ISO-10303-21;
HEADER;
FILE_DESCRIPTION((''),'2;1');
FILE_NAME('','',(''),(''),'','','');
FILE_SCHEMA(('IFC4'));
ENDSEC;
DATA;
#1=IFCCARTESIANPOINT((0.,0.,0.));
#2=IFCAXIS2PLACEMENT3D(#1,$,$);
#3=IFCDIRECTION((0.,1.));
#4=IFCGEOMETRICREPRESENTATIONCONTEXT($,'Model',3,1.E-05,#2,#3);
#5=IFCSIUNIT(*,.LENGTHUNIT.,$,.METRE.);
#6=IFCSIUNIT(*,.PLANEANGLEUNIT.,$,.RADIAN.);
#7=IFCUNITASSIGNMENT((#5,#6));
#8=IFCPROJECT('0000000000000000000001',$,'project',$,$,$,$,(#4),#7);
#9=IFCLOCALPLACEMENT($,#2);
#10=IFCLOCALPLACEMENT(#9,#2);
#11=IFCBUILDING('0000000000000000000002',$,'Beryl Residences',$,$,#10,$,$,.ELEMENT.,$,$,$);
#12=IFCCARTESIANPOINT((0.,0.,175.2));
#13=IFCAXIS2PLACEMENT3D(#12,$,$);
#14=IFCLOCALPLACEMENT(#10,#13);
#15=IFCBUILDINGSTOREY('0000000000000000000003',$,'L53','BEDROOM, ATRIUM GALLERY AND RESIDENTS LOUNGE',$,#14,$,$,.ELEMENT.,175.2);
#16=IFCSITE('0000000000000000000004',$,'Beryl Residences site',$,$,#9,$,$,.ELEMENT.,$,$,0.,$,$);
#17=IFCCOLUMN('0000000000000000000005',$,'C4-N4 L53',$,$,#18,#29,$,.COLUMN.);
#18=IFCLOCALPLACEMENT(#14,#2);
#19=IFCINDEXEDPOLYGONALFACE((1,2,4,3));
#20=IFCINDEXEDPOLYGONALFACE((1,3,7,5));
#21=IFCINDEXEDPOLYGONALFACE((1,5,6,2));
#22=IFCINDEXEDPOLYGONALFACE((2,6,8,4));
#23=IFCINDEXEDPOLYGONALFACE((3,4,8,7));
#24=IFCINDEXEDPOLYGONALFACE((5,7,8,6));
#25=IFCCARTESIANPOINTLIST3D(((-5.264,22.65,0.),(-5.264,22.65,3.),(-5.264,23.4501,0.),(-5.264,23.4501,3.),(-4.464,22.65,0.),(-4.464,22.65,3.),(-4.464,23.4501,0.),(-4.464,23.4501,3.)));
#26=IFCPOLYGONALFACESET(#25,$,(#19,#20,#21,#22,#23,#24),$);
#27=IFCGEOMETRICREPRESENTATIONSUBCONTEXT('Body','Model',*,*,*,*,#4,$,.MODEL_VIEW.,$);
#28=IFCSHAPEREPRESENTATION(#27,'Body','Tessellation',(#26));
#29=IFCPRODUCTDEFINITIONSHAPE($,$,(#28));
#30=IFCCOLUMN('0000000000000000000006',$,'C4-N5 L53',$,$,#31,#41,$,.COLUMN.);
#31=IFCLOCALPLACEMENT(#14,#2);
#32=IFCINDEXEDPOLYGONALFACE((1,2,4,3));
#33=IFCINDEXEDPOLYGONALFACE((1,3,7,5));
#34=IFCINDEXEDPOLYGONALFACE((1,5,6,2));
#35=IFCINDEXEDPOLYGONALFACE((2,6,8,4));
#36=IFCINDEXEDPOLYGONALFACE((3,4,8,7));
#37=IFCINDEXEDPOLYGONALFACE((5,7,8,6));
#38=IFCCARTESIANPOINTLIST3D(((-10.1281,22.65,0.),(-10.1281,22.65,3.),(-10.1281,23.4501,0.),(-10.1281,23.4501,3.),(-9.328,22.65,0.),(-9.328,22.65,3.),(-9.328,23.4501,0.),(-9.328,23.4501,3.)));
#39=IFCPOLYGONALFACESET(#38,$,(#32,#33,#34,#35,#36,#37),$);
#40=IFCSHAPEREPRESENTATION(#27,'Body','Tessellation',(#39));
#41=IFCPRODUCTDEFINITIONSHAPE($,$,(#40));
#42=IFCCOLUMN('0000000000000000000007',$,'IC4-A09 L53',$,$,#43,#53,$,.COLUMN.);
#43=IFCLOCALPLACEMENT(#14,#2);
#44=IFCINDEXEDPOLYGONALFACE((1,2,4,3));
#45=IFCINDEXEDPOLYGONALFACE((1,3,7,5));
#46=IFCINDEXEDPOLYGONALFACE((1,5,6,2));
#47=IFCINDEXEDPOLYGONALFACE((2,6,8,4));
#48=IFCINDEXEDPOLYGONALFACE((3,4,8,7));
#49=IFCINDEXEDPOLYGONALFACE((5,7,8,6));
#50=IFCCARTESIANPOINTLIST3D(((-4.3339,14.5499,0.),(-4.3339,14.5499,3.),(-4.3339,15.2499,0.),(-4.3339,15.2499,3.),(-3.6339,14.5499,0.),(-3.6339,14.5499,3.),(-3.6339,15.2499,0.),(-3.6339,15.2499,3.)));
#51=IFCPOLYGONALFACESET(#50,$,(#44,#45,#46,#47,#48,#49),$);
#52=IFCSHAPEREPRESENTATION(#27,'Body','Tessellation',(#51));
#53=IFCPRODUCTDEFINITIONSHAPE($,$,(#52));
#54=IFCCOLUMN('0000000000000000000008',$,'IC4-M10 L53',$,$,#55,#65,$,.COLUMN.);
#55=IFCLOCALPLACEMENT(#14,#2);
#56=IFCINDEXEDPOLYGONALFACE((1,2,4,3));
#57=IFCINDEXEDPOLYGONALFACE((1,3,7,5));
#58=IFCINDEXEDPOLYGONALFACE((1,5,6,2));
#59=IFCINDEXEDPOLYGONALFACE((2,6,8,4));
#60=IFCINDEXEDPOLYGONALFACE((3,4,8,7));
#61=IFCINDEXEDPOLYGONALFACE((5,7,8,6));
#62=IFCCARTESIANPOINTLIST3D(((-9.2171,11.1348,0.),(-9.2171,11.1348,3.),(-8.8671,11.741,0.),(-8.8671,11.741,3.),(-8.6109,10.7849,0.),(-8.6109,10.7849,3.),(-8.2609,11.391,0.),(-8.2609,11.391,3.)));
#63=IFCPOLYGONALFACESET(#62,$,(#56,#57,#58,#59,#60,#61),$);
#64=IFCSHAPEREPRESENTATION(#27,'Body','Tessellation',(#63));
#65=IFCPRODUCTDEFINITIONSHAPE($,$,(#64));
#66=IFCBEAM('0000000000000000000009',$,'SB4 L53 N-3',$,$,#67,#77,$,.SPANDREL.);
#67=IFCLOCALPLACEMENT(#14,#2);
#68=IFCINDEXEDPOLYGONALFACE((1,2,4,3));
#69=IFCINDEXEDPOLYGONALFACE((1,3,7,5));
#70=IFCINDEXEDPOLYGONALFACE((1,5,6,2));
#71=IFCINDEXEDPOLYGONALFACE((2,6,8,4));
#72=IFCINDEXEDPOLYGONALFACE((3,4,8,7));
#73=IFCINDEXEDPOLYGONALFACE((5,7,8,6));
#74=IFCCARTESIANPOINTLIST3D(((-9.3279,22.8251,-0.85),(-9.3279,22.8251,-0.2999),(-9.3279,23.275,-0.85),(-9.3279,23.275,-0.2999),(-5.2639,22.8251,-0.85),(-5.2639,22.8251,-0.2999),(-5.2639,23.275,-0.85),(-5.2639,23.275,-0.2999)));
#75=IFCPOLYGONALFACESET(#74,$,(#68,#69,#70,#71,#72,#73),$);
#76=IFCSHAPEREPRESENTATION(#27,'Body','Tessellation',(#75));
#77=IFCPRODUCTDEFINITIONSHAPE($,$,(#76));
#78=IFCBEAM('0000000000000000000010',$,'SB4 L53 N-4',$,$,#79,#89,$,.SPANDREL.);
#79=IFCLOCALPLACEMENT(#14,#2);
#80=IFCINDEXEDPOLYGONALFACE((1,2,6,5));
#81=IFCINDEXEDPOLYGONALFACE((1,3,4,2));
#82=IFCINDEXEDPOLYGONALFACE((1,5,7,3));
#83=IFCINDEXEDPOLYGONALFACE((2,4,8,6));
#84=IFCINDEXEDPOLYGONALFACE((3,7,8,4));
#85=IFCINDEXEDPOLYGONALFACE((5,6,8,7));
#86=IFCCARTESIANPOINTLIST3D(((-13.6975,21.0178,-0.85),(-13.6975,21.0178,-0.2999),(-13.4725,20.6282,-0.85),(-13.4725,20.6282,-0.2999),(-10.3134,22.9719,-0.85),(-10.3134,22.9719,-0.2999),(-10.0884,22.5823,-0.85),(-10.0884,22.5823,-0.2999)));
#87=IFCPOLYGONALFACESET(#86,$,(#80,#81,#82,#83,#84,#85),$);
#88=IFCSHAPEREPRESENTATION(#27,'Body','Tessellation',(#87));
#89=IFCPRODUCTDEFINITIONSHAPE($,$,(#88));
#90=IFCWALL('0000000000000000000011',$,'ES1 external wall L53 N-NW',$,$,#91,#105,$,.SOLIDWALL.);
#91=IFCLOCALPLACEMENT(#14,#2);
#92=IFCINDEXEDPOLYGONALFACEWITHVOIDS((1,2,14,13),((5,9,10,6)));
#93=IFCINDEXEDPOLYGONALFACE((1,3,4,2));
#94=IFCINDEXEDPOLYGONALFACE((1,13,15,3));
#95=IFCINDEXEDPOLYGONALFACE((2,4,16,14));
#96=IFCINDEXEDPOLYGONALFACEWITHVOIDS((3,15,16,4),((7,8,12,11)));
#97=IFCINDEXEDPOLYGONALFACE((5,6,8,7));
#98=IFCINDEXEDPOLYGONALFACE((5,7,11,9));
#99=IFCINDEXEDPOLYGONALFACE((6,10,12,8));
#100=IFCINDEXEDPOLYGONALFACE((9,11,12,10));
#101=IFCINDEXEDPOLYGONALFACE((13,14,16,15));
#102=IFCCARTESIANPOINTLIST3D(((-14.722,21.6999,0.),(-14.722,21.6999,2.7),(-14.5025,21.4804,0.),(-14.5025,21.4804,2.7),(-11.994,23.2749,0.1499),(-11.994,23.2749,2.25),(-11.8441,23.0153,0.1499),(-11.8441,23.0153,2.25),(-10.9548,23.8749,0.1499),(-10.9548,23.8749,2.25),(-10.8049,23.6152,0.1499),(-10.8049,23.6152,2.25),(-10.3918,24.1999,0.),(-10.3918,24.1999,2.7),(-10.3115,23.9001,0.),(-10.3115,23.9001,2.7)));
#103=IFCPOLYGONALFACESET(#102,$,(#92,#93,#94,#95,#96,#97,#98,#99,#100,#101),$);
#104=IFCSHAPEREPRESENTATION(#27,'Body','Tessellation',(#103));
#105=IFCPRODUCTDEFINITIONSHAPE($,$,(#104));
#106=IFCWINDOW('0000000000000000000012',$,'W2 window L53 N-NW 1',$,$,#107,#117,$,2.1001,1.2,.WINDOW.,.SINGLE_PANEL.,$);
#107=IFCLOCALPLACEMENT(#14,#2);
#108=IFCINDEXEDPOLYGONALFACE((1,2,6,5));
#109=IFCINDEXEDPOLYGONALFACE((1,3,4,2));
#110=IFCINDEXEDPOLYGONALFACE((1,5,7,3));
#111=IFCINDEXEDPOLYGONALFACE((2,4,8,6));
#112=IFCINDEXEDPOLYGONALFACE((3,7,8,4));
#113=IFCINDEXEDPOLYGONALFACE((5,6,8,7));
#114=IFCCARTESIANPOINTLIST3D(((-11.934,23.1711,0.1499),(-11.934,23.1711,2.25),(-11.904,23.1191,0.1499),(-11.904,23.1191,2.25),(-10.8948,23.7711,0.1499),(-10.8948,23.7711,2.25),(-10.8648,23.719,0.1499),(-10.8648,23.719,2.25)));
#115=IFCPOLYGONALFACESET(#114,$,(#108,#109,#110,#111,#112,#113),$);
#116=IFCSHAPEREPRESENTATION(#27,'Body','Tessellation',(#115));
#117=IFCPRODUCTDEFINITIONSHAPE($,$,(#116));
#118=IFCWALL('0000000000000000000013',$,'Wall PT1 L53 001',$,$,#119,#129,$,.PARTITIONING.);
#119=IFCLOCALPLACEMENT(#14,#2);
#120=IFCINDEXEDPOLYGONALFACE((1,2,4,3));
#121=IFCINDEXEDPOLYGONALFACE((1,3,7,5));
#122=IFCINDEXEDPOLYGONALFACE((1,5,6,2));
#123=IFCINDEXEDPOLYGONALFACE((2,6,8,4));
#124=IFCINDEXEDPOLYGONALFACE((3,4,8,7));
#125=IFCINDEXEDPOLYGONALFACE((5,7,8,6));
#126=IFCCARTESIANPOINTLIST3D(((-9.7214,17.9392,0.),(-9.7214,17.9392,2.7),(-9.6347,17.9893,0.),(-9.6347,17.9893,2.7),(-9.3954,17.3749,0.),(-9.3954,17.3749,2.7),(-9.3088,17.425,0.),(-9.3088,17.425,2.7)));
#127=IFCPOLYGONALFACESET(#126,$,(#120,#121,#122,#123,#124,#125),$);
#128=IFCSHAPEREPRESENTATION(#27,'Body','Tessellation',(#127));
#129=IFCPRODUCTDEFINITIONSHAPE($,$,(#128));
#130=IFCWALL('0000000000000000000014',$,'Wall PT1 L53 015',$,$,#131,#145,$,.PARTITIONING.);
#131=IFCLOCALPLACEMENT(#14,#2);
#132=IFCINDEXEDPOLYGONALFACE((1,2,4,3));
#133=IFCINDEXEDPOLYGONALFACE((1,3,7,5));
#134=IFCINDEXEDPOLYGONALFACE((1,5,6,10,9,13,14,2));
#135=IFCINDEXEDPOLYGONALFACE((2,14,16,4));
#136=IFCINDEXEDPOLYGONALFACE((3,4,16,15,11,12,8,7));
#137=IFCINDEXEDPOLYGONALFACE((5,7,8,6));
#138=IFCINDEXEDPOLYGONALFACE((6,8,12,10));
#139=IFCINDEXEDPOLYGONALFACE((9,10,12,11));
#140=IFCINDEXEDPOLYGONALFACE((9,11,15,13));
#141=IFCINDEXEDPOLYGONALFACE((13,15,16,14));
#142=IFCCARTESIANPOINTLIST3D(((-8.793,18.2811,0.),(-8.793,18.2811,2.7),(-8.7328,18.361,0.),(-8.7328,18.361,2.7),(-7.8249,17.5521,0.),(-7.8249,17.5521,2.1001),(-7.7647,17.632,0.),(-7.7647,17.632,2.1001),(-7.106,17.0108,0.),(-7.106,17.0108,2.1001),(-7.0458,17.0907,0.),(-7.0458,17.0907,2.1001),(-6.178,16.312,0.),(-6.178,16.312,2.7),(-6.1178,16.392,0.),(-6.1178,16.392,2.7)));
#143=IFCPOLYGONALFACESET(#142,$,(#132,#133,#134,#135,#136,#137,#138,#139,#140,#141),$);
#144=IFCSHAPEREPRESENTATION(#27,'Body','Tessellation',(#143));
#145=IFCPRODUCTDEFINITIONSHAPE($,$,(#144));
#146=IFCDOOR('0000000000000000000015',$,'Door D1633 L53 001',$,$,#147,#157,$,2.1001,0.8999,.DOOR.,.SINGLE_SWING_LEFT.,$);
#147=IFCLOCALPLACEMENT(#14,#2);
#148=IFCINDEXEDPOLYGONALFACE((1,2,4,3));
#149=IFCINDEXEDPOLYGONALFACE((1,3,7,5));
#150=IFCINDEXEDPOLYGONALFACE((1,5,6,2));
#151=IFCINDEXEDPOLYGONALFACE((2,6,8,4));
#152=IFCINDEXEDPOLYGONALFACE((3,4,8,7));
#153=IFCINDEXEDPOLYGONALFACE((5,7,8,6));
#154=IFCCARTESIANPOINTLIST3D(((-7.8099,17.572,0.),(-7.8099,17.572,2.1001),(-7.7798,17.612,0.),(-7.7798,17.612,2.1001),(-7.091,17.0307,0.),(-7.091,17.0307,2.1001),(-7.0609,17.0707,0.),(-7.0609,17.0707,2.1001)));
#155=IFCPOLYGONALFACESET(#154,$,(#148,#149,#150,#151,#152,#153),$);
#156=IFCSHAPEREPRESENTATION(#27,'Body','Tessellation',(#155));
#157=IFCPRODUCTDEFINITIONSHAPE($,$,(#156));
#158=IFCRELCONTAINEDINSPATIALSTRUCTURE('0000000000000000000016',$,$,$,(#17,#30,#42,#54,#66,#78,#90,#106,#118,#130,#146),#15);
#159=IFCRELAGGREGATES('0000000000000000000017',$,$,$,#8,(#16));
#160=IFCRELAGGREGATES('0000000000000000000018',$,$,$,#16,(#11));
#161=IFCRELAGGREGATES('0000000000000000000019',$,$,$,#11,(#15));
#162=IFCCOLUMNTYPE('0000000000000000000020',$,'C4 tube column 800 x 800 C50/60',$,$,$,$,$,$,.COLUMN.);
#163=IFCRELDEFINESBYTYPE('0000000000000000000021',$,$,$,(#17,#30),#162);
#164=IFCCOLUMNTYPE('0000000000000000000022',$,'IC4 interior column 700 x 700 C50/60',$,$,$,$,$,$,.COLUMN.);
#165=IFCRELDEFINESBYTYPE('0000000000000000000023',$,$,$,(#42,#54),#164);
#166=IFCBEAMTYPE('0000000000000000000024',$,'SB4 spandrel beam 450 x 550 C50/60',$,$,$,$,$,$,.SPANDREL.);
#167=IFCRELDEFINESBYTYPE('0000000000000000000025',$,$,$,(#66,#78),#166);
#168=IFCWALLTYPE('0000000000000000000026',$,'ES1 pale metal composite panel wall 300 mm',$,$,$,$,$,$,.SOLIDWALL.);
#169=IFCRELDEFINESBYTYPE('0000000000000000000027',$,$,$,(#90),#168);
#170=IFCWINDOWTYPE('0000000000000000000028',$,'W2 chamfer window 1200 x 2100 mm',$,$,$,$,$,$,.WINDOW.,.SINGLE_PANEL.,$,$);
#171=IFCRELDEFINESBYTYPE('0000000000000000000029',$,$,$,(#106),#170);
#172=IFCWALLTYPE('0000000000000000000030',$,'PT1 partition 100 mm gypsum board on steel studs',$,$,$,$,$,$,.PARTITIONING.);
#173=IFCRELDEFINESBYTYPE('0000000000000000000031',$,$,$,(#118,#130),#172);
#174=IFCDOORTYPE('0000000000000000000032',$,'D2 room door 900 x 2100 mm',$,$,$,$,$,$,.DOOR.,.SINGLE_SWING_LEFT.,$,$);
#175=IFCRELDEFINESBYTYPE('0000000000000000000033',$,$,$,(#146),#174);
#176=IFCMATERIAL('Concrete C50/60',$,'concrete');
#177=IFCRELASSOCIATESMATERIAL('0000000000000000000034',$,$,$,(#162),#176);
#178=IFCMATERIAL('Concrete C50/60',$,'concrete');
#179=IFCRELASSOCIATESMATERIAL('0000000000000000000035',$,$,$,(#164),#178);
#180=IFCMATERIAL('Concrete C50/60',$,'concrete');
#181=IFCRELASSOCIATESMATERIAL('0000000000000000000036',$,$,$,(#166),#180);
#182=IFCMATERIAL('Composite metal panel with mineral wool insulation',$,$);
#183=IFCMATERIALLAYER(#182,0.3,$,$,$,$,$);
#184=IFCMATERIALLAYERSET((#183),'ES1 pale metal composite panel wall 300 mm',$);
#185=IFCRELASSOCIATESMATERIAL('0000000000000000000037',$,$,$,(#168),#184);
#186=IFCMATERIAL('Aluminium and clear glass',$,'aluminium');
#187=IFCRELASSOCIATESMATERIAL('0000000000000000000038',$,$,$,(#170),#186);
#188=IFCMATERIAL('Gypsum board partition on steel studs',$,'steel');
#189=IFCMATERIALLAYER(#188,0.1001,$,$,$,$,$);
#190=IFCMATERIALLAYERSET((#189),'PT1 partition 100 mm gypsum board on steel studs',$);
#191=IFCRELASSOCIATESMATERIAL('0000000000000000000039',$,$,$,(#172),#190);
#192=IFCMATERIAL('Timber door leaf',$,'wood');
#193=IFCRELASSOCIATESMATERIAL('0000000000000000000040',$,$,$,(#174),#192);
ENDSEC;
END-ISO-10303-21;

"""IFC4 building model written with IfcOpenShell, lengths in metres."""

from ifc_helpers import new_model, si_unit, direction, frame, frame_2d, origin, origin_2d, place, context, subcontext, project, spatial, polyline, rectangle, outline, extrude, material, layer, layer_set, material_profile, profile_set, type_object, element, fill, save


model = new_model("IFC4")

# Units and contexts
model_context = context("Model", 3, precision=1e-05, world=origin(), true_north=direction((0.0, 1.0)))
body_context = subcontext(model_context, "Body", "Model", "MODEL_VIEW")
ifc_project = project(units=[si_unit("LENGTHUNIT", "METRE"), si_unit("PLANEANGLEUNIT", "RADIAN")], contexts=[model_context])

# Site, building, storey
site_placement = place(None, origin())
site = spatial("IfcSite", under=ifc_project, at=site_placement, Name="Beryl Residences site", CompositionType="ELEMENT", RefElevation=0.0)
building_placement = place(site_placement, origin())
building = spatial("IfcBuilding", under=site, at=building_placement, Name="Beryl Residences", CompositionType="ELEMENT")
storey_placement = place(building_placement, frame((0.0, 0.0, 175.2)))
storey = spatial("IfcBuildingStorey", under=building, at=storey_placement, Name="L53", Description="BEDROOM, ATRIUM GALLERY AND RESIDENTS LOUNGE", CompositionType="ELEMENT", Elevation=175.2)

# Columns
ifc_material_1 = material(Name="Concrete C50/60", Category="concrete")
ifc_material_profile_1 = material_profile(ifc_material_1, rectangle(XDim=0.8, YDim=0.8, at=origin_2d()))
ifc_profile_set_1 = profile_set([ifc_material_profile_1], Name="Concrete C50/60")
column_type_1 = type_object("IfcColumnType", Name="C4 tube column 800 x 800 C50/60", PredefinedType="COLUMN", material=ifc_profile_set_1)
for number, where, z_axis, x_axis, name in (
    (1, (-4.864, 23.05, 0.0), (0.0, 0.0, 1.0), (-1.0, 0.0, 0.0), "C4-N4 L53"),
    (2, (-9.728, 23.05, 0.0), (0.0, 0.0, 1.0), (-1.0, 0.0, 0.0), "C4-N5 L53"),
):
    element("IfcColumn", number, at=place(storey_placement, frame(where, z_axis=z_axis, x_axis=x_axis)), inside=storey, type_object=column_type_1, Name=name, PredefinedType="COLUMN", context=body_context, shape_type="SweptSolid", body=[
        extrude(rectangle(XDim=0.8, YDim=0.8, at=origin_2d()), origin(), (0.0, 0.0, 1.0), 3.0),
    ])
ifc_material_2 = material(Name="Concrete C50/60", Category="concrete")
ifc_material_profile_2 = material_profile(ifc_material_2, rectangle(XDim=0.7, YDim=0.7, at=origin_2d()))
ifc_profile_set_2 = profile_set([ifc_material_profile_2], Name="Concrete C50/60")
column_type_2 = type_object("IfcColumnType", Name="IC4 interior column 700 x 700 C50/60", PredefinedType="COLUMN", material=ifc_profile_set_2)
for number, where, z_axis, x_axis, name in (
    (3, (-3.9839, 14.8999, 0.0), (0.0, 0.0, 1.0), (1.0, 0.0, 0.0), "IC4-A09 L53"),
    (4, (-8.739, 11.2629, 0.0), (0.0, 0.0, 1.0), (-0.5, -0.866025, 0.0), "IC4-M10 L53"),
):
    element("IfcColumn", number, at=place(storey_placement, frame(where, z_axis=z_axis, x_axis=x_axis)), inside=storey, type_object=column_type_2, Name=name, PredefinedType="COLUMN", context=body_context, shape_type="SweptSolid", body=[
        extrude(rectangle(XDim=0.7, YDim=0.7, at=origin_2d()), origin(), (0.0, 0.0, 1.0), 3.0),
    ])

# Beams
ifc_material_3 = material(Name="Concrete C50/60", Category="concrete")
ifc_material_profile_3 = material_profile(ifc_material_3, rectangle(XDim=0.45, YDim=0.55, at=origin_2d()))
ifc_profile_set_3 = profile_set([ifc_material_profile_3], Name="Concrete C50/60")
beam_type = type_object("IfcBeamType", Name="SB4 spandrel beam 450 x 550 C50/60", PredefinedType="SPANDREL", material=ifc_profile_set_3)
beam_1_placement = place(storey_placement, frame((-5.2639, 23.05, -0.575), z_axis=(-1.0, 0.0, 0.0), x_axis=(0.0, -1.0, 0.0)))
element("IfcBeam", 5, at=beam_1_placement, inside=storey, type_object=beam_type, Name="SB4 L53 N-3", PredefinedType="SPANDREL", context=body_context, shape_type="SweptSolid", body=[
    extrude(rectangle(XDim=0.45, YDim=0.55, at=origin_2d()), origin(), (0.0, 0.0, 1.0), 4.064),
])
beam_2_placement = place(storey_placement, frame((-10.2009, 22.7771, -0.575), z_axis=(-0.865989, -0.500063, 0.0), x_axis=(0.500063, -0.865989, 0.0)))
element("IfcBeam", 6, at=beam_2_placement, inside=storey, type_object=beam_type, Name="SB4 L53 N-4", PredefinedType="SPANDREL", context=body_context, shape_type="SweptSolid", body=[
    extrude(rectangle(XDim=0.45, YDim=0.55, at=origin_2d()), origin(), (0.0, 0.0, 1.0), 3.9077),
])

# Wall, opening, window
ifc_material_4 = material(Name="Composite metal panel with mineral wool insulation")
ifc_layer_1 = layer(ifc_material_4, 0.3)
ifc_layer_set_1 = layer_set([ifc_layer_1], Name="ES1 pale metal composite panel wall 300 mm")
wall_type_1 = type_object("IfcWallType", Name="ES1 pale metal composite panel wall 300 mm", PredefinedType="SOLIDWALL", material=ifc_layer_set_1)
wall_1_placement = place(storey_placement, frame((-10.3169, 24.0701, 0.0), z_axis=(0.0, 0.0, 1.0), x_axis=(-0.866023, -0.500004, 0.0)))
wall_1 = element("IfcWall", 7, at=wall_1_placement, inside=storey, type_object=wall_type_1, Name="ES1 external wall L53 N-NW", PredefinedType="SOLIDWALL", context=body_context, shape_type="SweptSolid", body=[
    extrude(outline(polyline([(0.0, -0.1499), (5.0, -0.1499), (4.9197, 0.1499), (0.0803, 0.1499), (0.0, -0.1499)])), origin(), (0.0, 0.0, 1.0), 2.7),
])
opening_1_placement = place(wall_1_placement, frame((0.6499, 0.0, 0.1499)))
opening_1 = element("IfcOpeningElement", 8, at=opening_1_placement, cuts=wall_1, PredefinedType="OPENING", context=body_context, shape_type="SweptSolid", body=[
    extrude(rectangle(XDim=1.2, YDim=2.1001, at=frame_2d((0.6001, 1.05))), frame((0.0, 0.1599, 0.0), z_axis=(0.0, -1.0, 0.0), x_axis=(1.0, 0.0, 0.0)), (0.0, 0.0, 1.0), 0.3201),
])
ifc_material_5 = material(Name="Aluminium and clear glass", Category="aluminium")
window_type = type_object("IfcWindowType", Name="W2 chamfer window 1200 x 2100 mm", PartitioningType="SINGLE_PANEL", PredefinedType="WINDOW", material=ifc_material_5)
window_placement = place(opening_1_placement, origin())
window = element("IfcWindow", 9, at=window_placement, inside=storey, type_object=window_type, Name="W2 window L53 N-NW 1", OverallHeight=2.1001, OverallWidth=1.2, PartitioningType="SINGLE_PANEL", PredefinedType="WINDOW", context=body_context, shape_type="SweptSolid", body=[
    extrude(rectangle(XDim=1.2, YDim=2.1001, at=frame_2d((0.6001, 1.05))), frame((0.0, 0.03, 0.0), z_axis=(0.0, -1.0, 0.0), x_axis=(1.0, 0.0, 0.0)), (0.0, 0.0, 1.0), 0.0601),
])
fill(opening_1, window)

# Wall
ifc_material_6 = material(Name="Gypsum board partition on steel studs", Category="steel")
ifc_layer_2 = layer(ifc_material_6, 0.1001)
ifc_layer_set_2 = layer_set([ifc_layer_2], Name="PT1 partition 100 mm gypsum board on steel studs")
wall_type_2 = type_object("IfcWallType", Name="PT1 partition 100 mm gypsum board on steel studs", PredefinedType="PARTITIONING", material=ifc_layer_set_2)
wall_2_placement = place(storey_placement, frame((-9.678, 17.9641, 0.0), z_axis=(0.0, 0.0, 1.0), x_axis=(0.500209, -0.865905, 0.0)))
element("IfcWall", 10, at=wall_2_placement, inside=storey, type_object=wall_type_2, Name="Wall PT1 L53 001", PredefinedType="PARTITIONING", context=body_context, shape_type="SweptSolid", body=[
    extrude(rectangle(XDim=0.6516, YDim=0.1001, at=frame_2d((0.3257, 0.0))), origin(), (0.0, 0.0, 1.0), 2.7),
])

# Wall, opening, door
wall_3_placement = place(storey_placement, frame((-8.7629, 18.321, 0.0), z_axis=(0.0, 0.0, 1.0), x_axis=(0.798862, -0.601514, 0.0)))
wall_3 = element("IfcWall", 11, at=wall_3_placement, inside=storey, type_object=wall_type_2, Name="Wall PT1 L53 015", PredefinedType="PARTITIONING", context=body_context, shape_type="SweptSolid", body=[
    extrude(rectangle(XDim=3.2734, YDim=0.1001, at=frame_2d((1.6367, 0.0))), origin(), (0.0, 0.0, 1.0), 2.7),
])
opening_2_placement = place(wall_3_placement, frame((1.2119, 0.0, 0.0)))
opening_2 = element("IfcOpeningElement", 12, at=opening_2_placement, cuts=wall_3, PredefinedType="OPENING", context=body_context, shape_type="SweptSolid", body=[
    extrude(rectangle(XDim=0.8999, YDim=2.1001, at=frame_2d((0.45, 1.05))), frame((0.0, 0.0601, 0.0), z_axis=(0.0, -1.0, 0.0), x_axis=(1.0, 0.0, 0.0)), (0.0, 0.0, 1.0), 0.1201),
])
ifc_material_7 = material(Name="Timber door leaf", Category="wood")
door_type_1 = type_object("IfcDoorType", Name="D2 room door 900 x 2100 mm", OperationType="SINGLE_SWING_LEFT", PredefinedType="DOOR", material=ifc_material_7)
door_1_placement = place(opening_2_placement, origin())
door_1 = element("IfcDoor", 13, at=door_1_placement, inside=storey, type_object=door_type_1, Name="Door D1633 L53 001", OperationType="SINGLE_SWING_LEFT", OverallHeight=2.1001, OverallWidth=0.8999, PredefinedType="DOOR", context=body_context, shape_type="SweptSolid", body=[
    extrude(rectangle(XDim=0.8999, YDim=2.1001, at=frame_2d((0.45, 1.05))), frame((0.0, 0.0249, 0.0), z_axis=(0.0, -1.0, 0.0), x_axis=(1.0, 0.0, 0.0)), (0.0, 0.0, 1.0), 0.05),
])
fill(opening_2, door_1)

save(model, "model.ifc")
